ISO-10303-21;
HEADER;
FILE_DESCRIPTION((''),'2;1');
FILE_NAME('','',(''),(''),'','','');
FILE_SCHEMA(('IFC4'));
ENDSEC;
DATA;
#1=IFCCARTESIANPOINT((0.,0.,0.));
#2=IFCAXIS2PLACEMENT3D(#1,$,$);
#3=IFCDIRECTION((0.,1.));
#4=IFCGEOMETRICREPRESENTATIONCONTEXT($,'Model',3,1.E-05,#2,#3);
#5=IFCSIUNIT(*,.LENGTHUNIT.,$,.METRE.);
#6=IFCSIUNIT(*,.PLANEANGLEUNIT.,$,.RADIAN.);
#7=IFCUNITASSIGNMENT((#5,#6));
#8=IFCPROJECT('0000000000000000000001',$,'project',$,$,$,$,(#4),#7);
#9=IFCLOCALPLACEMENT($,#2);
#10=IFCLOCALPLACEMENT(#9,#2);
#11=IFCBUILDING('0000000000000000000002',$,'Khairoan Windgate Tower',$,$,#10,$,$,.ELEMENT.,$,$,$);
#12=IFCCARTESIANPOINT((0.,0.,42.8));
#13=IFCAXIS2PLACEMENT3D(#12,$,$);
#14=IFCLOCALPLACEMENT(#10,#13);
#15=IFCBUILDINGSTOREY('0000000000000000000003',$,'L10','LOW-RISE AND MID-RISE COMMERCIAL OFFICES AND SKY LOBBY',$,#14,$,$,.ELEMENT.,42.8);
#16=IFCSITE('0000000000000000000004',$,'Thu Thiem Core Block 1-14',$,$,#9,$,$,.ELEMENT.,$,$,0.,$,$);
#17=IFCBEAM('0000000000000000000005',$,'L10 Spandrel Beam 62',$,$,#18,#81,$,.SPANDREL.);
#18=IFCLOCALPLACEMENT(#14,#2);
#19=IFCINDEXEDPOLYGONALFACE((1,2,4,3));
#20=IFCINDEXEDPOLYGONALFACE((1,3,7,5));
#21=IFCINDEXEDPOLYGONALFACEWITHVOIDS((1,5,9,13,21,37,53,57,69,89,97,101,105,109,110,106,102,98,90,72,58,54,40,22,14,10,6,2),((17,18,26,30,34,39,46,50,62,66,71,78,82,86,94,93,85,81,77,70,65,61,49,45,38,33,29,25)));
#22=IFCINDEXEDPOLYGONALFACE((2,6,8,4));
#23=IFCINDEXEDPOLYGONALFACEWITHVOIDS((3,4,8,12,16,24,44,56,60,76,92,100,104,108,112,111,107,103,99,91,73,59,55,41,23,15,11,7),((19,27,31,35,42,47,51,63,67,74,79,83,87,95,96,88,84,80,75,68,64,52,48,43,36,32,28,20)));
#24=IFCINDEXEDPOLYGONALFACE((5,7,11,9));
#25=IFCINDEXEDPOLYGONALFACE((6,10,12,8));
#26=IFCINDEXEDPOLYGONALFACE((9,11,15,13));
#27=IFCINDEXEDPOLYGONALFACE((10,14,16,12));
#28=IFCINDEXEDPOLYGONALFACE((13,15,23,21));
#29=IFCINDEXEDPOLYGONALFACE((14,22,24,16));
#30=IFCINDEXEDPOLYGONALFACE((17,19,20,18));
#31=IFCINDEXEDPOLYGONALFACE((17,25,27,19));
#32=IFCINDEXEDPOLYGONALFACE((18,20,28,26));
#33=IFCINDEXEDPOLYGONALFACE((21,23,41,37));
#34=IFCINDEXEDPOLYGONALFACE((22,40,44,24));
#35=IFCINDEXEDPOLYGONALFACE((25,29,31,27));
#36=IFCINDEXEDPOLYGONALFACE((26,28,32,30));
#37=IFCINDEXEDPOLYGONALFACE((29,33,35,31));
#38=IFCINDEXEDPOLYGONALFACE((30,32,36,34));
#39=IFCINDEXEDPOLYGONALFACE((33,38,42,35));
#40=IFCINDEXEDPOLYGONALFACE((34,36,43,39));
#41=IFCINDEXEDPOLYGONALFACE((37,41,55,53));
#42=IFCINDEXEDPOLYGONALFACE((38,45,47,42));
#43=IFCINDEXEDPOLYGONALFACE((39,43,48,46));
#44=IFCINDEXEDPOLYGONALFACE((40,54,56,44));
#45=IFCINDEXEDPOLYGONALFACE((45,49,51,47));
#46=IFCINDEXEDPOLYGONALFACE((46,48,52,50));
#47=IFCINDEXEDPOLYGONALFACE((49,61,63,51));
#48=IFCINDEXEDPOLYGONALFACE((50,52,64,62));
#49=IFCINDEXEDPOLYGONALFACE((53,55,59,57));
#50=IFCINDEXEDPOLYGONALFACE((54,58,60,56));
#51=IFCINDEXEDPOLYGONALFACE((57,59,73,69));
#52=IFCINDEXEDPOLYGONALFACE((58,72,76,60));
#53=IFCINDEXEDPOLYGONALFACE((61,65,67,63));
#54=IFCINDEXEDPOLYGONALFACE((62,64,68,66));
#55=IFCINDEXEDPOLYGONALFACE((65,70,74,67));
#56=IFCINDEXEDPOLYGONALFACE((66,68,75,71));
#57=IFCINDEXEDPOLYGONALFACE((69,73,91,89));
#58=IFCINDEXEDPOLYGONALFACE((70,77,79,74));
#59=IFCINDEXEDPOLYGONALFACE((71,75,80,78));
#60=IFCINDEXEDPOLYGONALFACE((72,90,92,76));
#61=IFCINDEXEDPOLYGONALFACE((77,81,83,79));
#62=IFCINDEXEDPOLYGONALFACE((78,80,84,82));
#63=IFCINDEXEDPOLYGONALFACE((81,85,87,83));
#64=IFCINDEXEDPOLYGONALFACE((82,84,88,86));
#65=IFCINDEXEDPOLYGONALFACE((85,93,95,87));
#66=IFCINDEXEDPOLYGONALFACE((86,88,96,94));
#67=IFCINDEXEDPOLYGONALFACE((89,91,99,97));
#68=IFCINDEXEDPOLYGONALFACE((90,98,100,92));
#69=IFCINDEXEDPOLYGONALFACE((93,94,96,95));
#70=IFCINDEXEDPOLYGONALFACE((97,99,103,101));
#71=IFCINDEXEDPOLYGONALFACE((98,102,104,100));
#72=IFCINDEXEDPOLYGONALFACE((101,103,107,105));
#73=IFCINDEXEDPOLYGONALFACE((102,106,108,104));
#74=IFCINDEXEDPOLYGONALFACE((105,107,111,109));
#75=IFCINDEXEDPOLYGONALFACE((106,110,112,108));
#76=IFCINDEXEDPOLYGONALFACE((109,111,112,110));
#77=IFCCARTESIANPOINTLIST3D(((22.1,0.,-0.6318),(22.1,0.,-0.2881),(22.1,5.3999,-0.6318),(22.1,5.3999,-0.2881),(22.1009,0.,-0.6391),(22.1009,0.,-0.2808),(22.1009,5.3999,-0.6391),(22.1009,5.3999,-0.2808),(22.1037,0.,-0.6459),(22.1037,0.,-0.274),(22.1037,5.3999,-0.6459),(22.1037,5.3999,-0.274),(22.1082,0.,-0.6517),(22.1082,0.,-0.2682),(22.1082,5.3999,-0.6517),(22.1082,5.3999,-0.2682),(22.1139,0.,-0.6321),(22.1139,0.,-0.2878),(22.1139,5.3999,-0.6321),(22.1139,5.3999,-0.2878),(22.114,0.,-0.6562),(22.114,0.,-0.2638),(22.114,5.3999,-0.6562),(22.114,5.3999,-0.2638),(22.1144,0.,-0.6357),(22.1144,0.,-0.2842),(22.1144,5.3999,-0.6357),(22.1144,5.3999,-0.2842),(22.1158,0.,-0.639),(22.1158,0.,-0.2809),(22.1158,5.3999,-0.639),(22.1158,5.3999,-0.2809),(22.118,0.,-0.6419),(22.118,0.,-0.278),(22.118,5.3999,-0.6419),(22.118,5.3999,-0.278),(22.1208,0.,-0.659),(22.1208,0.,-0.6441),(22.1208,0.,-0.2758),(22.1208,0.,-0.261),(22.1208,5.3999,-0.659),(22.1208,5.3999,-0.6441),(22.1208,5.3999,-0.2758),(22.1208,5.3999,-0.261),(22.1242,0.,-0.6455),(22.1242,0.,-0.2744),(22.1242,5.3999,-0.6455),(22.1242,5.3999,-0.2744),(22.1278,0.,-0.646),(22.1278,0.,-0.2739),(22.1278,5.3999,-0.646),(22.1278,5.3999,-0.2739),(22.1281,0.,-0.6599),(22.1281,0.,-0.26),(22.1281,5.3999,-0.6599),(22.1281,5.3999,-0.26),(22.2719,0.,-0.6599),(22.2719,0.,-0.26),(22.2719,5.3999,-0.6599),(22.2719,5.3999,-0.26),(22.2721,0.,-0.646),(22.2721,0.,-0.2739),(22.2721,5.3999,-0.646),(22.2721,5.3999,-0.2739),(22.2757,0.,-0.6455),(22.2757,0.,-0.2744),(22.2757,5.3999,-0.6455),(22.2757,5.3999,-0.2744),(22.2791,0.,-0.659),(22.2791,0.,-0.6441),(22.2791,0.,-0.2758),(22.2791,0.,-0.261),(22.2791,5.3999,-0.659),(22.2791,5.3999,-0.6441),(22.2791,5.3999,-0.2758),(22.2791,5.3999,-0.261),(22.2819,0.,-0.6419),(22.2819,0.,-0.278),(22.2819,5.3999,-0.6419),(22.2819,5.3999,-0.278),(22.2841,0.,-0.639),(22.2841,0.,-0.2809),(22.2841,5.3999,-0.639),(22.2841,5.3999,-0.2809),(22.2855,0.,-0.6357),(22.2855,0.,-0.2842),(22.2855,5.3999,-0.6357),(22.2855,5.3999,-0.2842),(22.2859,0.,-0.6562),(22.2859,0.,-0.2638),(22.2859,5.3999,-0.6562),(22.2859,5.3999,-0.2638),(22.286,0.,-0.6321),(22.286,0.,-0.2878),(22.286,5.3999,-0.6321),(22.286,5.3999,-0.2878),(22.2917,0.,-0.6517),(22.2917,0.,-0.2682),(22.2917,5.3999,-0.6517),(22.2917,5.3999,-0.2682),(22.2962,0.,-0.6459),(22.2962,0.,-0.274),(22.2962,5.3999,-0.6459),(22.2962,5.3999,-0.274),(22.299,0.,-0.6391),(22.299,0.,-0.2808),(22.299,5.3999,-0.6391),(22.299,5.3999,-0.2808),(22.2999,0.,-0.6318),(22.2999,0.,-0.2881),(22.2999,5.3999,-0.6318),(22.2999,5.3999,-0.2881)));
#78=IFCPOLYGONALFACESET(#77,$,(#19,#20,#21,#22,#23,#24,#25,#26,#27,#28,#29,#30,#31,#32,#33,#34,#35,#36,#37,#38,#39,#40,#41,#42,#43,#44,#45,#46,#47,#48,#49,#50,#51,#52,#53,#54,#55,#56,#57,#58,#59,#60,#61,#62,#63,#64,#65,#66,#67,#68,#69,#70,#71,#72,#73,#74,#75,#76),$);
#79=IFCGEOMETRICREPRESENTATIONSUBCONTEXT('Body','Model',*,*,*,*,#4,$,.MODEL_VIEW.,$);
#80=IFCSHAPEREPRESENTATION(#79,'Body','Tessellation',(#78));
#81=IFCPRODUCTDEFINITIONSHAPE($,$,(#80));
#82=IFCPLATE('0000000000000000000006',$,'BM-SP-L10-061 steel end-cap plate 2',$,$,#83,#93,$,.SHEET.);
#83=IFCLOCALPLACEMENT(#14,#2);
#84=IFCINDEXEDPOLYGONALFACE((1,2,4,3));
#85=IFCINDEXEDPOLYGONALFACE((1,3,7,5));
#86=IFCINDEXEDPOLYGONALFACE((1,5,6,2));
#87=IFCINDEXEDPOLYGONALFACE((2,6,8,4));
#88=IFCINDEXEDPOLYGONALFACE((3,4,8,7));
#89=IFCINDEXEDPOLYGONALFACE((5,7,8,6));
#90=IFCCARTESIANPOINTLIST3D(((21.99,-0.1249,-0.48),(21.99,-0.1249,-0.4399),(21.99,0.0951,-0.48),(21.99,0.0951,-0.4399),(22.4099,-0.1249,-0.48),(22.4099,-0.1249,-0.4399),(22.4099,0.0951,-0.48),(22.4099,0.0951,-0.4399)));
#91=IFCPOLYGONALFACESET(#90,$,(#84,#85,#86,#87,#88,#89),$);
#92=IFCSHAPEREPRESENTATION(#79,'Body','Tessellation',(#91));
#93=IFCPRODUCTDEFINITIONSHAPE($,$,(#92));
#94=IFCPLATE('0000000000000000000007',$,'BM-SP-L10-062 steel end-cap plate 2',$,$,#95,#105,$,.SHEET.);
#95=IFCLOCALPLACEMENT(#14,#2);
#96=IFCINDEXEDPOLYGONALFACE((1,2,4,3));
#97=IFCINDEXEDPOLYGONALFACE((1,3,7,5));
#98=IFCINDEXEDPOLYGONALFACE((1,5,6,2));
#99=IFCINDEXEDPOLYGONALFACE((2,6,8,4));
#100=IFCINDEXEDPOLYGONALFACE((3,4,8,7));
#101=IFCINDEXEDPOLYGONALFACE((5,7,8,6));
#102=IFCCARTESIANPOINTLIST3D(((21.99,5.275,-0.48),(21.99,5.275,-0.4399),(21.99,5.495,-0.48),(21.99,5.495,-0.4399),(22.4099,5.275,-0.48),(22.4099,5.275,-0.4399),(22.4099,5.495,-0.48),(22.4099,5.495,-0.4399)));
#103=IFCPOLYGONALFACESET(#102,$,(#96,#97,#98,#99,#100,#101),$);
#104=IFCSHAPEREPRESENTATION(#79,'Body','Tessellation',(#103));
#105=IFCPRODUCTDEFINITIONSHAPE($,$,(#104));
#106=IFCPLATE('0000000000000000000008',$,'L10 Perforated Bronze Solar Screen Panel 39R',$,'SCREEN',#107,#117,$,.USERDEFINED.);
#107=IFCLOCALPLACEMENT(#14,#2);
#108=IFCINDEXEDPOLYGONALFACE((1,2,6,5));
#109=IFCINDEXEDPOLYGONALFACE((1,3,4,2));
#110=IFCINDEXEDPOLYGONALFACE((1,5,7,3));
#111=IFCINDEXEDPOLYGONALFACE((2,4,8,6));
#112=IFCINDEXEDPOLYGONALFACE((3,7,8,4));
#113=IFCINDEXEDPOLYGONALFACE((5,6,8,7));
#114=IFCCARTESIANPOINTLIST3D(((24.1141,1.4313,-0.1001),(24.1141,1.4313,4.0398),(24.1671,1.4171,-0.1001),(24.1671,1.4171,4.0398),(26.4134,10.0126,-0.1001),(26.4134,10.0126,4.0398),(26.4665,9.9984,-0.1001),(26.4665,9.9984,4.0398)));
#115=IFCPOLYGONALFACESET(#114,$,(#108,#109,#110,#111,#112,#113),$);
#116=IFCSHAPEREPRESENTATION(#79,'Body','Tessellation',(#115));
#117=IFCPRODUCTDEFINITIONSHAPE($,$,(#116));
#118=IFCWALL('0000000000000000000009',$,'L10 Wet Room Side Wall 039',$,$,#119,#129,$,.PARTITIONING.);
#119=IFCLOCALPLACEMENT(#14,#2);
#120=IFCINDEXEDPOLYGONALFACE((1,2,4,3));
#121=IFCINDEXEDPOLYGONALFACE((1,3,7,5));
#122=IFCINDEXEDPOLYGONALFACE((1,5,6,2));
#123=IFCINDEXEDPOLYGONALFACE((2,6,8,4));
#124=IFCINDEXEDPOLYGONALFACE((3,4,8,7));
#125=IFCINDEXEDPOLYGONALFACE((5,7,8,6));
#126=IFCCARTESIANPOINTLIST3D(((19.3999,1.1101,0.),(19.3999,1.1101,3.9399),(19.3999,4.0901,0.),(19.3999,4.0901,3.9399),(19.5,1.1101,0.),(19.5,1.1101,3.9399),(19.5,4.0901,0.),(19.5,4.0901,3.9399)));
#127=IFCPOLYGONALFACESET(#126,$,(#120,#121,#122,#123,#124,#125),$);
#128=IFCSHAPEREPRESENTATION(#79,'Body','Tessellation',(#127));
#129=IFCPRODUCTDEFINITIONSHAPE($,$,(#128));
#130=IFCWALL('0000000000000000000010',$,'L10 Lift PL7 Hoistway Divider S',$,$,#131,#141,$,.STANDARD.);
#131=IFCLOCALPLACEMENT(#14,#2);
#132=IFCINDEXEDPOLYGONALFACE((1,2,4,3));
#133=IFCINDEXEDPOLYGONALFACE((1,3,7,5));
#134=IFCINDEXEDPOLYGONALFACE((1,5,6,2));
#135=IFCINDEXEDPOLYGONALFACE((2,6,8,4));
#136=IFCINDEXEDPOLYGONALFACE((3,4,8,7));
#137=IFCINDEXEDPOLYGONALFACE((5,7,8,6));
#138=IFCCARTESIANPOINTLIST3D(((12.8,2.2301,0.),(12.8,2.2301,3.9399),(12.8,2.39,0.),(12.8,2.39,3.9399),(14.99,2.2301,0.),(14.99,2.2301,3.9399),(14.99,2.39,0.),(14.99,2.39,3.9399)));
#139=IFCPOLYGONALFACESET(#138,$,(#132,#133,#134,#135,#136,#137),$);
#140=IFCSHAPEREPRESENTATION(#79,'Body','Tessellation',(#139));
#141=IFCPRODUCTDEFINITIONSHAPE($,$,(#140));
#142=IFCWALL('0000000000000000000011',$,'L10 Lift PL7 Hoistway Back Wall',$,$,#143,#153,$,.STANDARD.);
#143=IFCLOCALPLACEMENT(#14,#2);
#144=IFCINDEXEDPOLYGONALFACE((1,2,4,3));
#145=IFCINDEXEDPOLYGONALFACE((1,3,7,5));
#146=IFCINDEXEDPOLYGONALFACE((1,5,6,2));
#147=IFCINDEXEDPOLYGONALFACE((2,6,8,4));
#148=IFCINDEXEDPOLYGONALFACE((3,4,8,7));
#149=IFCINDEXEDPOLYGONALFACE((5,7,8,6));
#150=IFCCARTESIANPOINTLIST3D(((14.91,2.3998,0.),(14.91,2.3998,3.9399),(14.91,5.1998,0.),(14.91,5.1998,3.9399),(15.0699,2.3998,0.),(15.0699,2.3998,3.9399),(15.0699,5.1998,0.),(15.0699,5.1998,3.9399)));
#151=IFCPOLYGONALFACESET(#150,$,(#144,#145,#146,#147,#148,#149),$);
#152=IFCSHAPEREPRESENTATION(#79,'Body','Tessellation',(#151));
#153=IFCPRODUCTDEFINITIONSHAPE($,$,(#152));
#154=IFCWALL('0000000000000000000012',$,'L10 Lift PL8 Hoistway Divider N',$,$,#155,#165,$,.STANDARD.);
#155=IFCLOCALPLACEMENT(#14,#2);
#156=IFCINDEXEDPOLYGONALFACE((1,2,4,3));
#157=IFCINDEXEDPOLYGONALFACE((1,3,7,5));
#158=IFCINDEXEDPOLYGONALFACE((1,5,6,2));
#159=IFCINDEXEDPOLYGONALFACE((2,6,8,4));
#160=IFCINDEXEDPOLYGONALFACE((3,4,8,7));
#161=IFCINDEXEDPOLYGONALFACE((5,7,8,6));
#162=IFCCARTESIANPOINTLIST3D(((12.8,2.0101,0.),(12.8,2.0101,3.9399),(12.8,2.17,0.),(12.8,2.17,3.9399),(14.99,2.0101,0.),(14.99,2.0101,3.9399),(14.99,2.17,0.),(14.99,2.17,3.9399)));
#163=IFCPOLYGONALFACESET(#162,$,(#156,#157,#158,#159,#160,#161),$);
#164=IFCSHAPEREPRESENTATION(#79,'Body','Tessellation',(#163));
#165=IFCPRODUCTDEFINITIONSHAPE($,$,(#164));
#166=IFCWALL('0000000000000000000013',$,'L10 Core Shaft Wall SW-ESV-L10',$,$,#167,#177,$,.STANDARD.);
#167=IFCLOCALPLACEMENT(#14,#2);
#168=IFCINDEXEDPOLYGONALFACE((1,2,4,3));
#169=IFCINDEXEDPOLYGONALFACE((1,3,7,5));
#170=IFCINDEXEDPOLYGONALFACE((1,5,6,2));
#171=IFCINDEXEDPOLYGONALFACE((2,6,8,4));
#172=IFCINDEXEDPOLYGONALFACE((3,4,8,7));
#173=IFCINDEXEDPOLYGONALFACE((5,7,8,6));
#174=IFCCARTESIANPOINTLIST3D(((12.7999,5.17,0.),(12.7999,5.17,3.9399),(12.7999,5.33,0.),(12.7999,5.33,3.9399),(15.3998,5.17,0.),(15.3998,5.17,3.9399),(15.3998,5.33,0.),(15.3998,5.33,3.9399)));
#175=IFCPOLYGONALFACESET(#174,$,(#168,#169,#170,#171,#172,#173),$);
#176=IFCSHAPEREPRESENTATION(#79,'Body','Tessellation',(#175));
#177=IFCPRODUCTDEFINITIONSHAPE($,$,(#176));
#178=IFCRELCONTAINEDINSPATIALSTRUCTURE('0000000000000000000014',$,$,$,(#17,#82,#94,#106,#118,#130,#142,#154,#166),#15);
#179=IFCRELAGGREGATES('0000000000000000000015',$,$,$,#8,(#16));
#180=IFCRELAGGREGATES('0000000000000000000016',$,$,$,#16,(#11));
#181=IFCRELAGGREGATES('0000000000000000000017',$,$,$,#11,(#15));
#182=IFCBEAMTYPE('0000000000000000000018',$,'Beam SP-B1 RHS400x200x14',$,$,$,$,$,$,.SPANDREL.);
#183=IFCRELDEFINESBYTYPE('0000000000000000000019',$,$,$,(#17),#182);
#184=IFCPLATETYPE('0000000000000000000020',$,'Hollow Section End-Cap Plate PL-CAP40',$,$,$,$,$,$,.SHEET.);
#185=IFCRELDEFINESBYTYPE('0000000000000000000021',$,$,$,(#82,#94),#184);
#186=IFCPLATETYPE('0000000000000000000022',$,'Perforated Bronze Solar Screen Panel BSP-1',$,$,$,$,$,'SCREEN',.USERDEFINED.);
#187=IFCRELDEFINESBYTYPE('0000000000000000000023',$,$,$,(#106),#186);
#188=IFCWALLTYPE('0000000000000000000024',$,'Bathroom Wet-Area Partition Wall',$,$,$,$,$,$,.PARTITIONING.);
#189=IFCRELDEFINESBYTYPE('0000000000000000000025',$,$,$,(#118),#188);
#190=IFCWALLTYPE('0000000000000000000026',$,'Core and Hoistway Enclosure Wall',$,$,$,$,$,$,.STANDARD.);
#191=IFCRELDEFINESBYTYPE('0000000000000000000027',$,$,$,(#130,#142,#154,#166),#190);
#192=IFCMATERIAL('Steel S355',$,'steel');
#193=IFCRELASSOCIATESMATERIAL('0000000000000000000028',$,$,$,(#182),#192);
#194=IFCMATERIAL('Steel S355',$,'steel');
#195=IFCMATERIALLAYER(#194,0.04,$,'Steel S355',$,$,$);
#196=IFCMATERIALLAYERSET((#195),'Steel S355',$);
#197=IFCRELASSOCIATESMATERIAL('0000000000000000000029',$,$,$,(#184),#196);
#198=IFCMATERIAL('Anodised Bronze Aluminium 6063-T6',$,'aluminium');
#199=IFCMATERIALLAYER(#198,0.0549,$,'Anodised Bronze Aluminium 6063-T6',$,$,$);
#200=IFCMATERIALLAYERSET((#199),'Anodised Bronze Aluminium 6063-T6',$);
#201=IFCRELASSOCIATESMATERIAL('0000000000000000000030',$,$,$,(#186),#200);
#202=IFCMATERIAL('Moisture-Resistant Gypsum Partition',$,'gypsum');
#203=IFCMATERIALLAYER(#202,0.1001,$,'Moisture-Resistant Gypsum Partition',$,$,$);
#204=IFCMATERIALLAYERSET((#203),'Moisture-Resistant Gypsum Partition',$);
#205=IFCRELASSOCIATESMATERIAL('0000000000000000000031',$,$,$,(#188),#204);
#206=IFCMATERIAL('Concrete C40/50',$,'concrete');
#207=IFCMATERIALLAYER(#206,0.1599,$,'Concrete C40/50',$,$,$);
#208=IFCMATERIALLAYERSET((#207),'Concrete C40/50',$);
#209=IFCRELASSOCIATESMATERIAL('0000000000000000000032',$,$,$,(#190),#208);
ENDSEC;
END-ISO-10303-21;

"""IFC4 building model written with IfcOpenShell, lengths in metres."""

from ifc_helpers import new_model, si_unit, direction, frame, frame_2d, origin, origin_2d, place, context, subcontext, project, spatial, rectangle, hollow_rectangle, extrude, material, layer, layer_set, material_profile, profile_set, type_object, element, save


model = new_model("IFC4")

# Units and contexts
model_context = context("Model", 3, precision=1e-05, world=origin(), true_north=direction((0.0, 1.0)))
body_context = subcontext(model_context, "Body", "Model", "MODEL_VIEW")
ifc_project = project(units=[si_unit("LENGTHUNIT", "METRE"), si_unit("PLANEANGLEUNIT", "RADIAN")], contexts=[model_context])

# Site, building, storey
site_placement = place(None, origin())
site = spatial("IfcSite", under=ifc_project, at=site_placement, Name="Thu Thiem Core Block 1-14", CompositionType="ELEMENT", RefElevation=0.0)
building_placement = place(site_placement, origin())
building = spatial("IfcBuilding", under=site, at=building_placement, Name="Khairoan Windgate Tower", CompositionType="ELEMENT")
storey_placement = place(building_placement, frame((0.0, 0.0, 42.8)))
storey = spatial("IfcBuildingStorey", under=building, at=storey_placement, Name="L10", Description="LOW-RISE AND MID-RISE COMMERCIAL OFFICES AND SKY LOBBY", CompositionType="ELEMENT", Elevation=42.8)

# Beam
ifc_material_1 = material(Name="Steel S355", Category="steel")
ifc_material_profile_1 = material_profile(ifc_material_1, hollow_rectangle(XDim=0.2, YDim=0.3999, WallThickness=0.0139, InnerFilletRadius=0.0139, OuterFilletRadius=0.0281, at=origin_2d()))
ifc_profile_set_1 = profile_set([ifc_material_profile_1], Name="Steel S355")
beam_type_1 = type_object("IfcBeamType", Name="Beam SP-B1 RHS400x200x14", PredefinedType="SPANDREL", material=ifc_profile_set_1)
beam_1_placement = place(storey_placement, frame((22.2, 0.0, -0.46), z_axis=(0.0, 1.0, 0.0), x_axis=(-1.0, 0.0, 0.0)))
element("IfcBeam", 1, at=beam_1_placement, inside=storey, type_object=beam_type_1, Name="L10 Spandrel Beam 62", PredefinedType="SPANDREL", context=body_context, shape_type="SweptSolid", body=[
    extrude(hollow_rectangle(XDim=0.2, YDim=0.3999, WallThickness=0.0139, InnerFilletRadius=0.0139, OuterFilletRadius=0.0281, at=origin_2d()), origin(), (0.0, 0.0, 1.0), 5.3999),
])

# Plates
ifc_material_2 = material(Name="Steel S355", Category="steel")
ifc_layer_1 = layer(ifc_material_2, 0.04, Name="Steel S355")
ifc_layer_set_1 = layer_set([ifc_layer_1], Name="Steel S355")
plate_type_1 = type_object("IfcPlateType", Name="Hollow Section End-Cap Plate PL-CAP40", PredefinedType="SHEET", material=ifc_layer_set_1)
for number, where, z_axis, x_axis, name in (
    (2, (22.2, -0.0149, -0.48), (0.0, 0.0, 1.0), (0.0, 1.0, 0.0), "BM-SP-L10-061 steel end-cap plate 2"),
    (3, (22.2, 5.385, -0.48), (0.0, 0.0, 1.0), (0.0, 1.0, 0.0), "BM-SP-L10-062 steel end-cap plate 2"),
):
    element("IfcPlate", number, at=place(storey_placement, frame(where, z_axis=z_axis, x_axis=x_axis)), inside=storey, type_object=plate_type_1, Name=name, PredefinedType="SHEET", context=body_context, shape_type="SweptSolid", body=[
        extrude(rectangle(XDim=0.22, YDim=0.4199, at=origin_2d()), origin(), (0.0, 0.0, 1.0), 0.04),
    ])
ifc_material_3 = material(Name="Anodised Bronze Aluminium 6063-T6", Category="aluminium")
ifc_layer_2 = layer(ifc_material_3, 0.0549, Name="Anodised Bronze Aluminium 6063-T6")
ifc_layer_set_2 = layer_set([ifc_layer_2], Name="Anodised Bronze Aluminium 6063-T6")
plate_type_2 = type_object("IfcPlateType", Name="Perforated Bronze Solar Screen Panel BSP-1", ElementType="SCREEN", PredefinedType="USERDEFINED", material=ifc_layer_set_2)
plate_placement = place(storey_placement, frame((25.2903, 5.7148, -0.1001), z_axis=(0.0, 0.0, 1.0), x_axis=(-0.258819, -0.965926, 0.0)))
element("IfcPlate", 4, at=plate_placement, inside=storey, type_object=plate_type_2, Name="L10 Perforated Bronze Solar Screen Panel 39R", ObjectType="SCREEN", PredefinedType="USERDEFINED", context=body_context, shape_type="SweptSolid", body=[
    extrude(rectangle(XDim=8.884, YDim=0.0549, at=origin_2d()), origin(), (0.0, 0.0, 1.0), 4.1399),
])

# Walls
ifc_material_4 = material(Name="Moisture-Resistant Gypsum Partition", Category="gypsum")
ifc_layer_3 = layer(ifc_material_4, 0.1001, Name="Moisture-Resistant Gypsum Partition")
ifc_layer_set_3 = layer_set([ifc_layer_3], Name="Moisture-Resistant Gypsum Partition")
wall_type_1 = type_object("IfcWallType", Name="Bathroom Wet-Area Partition Wall", PredefinedType="PARTITIONING", material=ifc_layer_set_3)
wall_1_placement = place(storey_placement, frame((19.45, 4.0901, 0.0), z_axis=(0.0, 0.0, 1.0), x_axis=(0.0, -1.0, 0.0)))
element("IfcWall", 5, at=wall_1_placement, inside=storey, type_object=wall_type_1, Name="L10 Wet Room Side Wall 039", PredefinedType="PARTITIONING", context=body_context, shape_type="SweptSolid", body=[
    extrude(rectangle(XDim=2.98, YDim=0.1001, at=frame_2d((1.49, 0.0))), origin(), (0.0, 0.0, 1.0), 3.9399),
])
ifc_material_5 = material(Name="Concrete C40/50", Category="concrete")
ifc_layer_4 = layer(ifc_material_5, 0.1599, Name="Concrete C40/50")
ifc_layer_set_4 = layer_set([ifc_layer_4], Name="Concrete C40/50")
wall_type_2 = type_object("IfcWallType", Name="Core and Hoistway Enclosure Wall", PredefinedType="STANDARD", material=ifc_layer_set_4)
wall_2_placement = place(storey_placement, frame((12.8, 2.3101, 0.0), z_axis=(0.0, 0.0, 1.0), x_axis=(1.0, 0.0, 0.0)))
element("IfcWall", 6, at=wall_2_placement, inside=storey, type_object=wall_type_2, Name="L10 Lift PL7 Hoistway Divider S", PredefinedType="STANDARD", context=body_context, shape_type="SweptSolid", body=[
    extrude(rectangle(XDim=2.1899, YDim=0.1599, at=frame_2d((1.095, 0.0))), origin(), (0.0, 0.0, 1.0), 3.9399),
])
wall_3_placement = place(storey_placement, frame((14.99, 2.3999, 0.0), z_axis=(0.0, 0.0, 1.0), x_axis=(0.0, 1.0, 0.0)))
element("IfcWall", 7, at=wall_3_placement, inside=storey, type_object=wall_type_2, Name="L10 Lift PL7 Hoistway Back Wall", PredefinedType="STANDARD", context=body_context, shape_type="SweptSolid", body=[
    extrude(rectangle(XDim=2.8, YDim=0.1599, at=frame_2d((1.3999, 0.0))), origin(), (0.0, 0.0, 1.0), 3.9399),
])
wall_4_placement = place(storey_placement, frame((12.8, 2.0901, 0.0), z_axis=(0.0, 0.0, 1.0), x_axis=(1.0, 0.0, 0.0)))
element("IfcWall", 8, at=wall_4_placement, inside=storey, type_object=wall_type_2, Name="L10 Lift PL8 Hoistway Divider N", PredefinedType="STANDARD", context=body_context, shape_type="SweptSolid", body=[
    extrude(rectangle(XDim=2.1899, YDim=0.1599, at=frame_2d((1.095, 0.0))), origin(), (0.0, 0.0, 1.0), 3.9399),
])
wall_5_placement = place(storey_placement, frame((12.8, 5.25, 0.0), z_axis=(0.0, 0.0, 1.0), x_axis=(1.0, 0.0, 0.0)))
element("IfcWall", 9, at=wall_5_placement, inside=storey, type_object=wall_type_2, Name="L10 Core Shaft Wall SW-ESV-L10", PredefinedType="STANDARD", context=body_context, shape_type="SweptSolid", body=[
    extrude(rectangle(XDim=2.5999, YDim=0.1599, at=frame_2d((1.2998, 0.0))), origin(), (0.0, 0.0, 1.0), 3.9399),
])

save(model, "model.ifc")
